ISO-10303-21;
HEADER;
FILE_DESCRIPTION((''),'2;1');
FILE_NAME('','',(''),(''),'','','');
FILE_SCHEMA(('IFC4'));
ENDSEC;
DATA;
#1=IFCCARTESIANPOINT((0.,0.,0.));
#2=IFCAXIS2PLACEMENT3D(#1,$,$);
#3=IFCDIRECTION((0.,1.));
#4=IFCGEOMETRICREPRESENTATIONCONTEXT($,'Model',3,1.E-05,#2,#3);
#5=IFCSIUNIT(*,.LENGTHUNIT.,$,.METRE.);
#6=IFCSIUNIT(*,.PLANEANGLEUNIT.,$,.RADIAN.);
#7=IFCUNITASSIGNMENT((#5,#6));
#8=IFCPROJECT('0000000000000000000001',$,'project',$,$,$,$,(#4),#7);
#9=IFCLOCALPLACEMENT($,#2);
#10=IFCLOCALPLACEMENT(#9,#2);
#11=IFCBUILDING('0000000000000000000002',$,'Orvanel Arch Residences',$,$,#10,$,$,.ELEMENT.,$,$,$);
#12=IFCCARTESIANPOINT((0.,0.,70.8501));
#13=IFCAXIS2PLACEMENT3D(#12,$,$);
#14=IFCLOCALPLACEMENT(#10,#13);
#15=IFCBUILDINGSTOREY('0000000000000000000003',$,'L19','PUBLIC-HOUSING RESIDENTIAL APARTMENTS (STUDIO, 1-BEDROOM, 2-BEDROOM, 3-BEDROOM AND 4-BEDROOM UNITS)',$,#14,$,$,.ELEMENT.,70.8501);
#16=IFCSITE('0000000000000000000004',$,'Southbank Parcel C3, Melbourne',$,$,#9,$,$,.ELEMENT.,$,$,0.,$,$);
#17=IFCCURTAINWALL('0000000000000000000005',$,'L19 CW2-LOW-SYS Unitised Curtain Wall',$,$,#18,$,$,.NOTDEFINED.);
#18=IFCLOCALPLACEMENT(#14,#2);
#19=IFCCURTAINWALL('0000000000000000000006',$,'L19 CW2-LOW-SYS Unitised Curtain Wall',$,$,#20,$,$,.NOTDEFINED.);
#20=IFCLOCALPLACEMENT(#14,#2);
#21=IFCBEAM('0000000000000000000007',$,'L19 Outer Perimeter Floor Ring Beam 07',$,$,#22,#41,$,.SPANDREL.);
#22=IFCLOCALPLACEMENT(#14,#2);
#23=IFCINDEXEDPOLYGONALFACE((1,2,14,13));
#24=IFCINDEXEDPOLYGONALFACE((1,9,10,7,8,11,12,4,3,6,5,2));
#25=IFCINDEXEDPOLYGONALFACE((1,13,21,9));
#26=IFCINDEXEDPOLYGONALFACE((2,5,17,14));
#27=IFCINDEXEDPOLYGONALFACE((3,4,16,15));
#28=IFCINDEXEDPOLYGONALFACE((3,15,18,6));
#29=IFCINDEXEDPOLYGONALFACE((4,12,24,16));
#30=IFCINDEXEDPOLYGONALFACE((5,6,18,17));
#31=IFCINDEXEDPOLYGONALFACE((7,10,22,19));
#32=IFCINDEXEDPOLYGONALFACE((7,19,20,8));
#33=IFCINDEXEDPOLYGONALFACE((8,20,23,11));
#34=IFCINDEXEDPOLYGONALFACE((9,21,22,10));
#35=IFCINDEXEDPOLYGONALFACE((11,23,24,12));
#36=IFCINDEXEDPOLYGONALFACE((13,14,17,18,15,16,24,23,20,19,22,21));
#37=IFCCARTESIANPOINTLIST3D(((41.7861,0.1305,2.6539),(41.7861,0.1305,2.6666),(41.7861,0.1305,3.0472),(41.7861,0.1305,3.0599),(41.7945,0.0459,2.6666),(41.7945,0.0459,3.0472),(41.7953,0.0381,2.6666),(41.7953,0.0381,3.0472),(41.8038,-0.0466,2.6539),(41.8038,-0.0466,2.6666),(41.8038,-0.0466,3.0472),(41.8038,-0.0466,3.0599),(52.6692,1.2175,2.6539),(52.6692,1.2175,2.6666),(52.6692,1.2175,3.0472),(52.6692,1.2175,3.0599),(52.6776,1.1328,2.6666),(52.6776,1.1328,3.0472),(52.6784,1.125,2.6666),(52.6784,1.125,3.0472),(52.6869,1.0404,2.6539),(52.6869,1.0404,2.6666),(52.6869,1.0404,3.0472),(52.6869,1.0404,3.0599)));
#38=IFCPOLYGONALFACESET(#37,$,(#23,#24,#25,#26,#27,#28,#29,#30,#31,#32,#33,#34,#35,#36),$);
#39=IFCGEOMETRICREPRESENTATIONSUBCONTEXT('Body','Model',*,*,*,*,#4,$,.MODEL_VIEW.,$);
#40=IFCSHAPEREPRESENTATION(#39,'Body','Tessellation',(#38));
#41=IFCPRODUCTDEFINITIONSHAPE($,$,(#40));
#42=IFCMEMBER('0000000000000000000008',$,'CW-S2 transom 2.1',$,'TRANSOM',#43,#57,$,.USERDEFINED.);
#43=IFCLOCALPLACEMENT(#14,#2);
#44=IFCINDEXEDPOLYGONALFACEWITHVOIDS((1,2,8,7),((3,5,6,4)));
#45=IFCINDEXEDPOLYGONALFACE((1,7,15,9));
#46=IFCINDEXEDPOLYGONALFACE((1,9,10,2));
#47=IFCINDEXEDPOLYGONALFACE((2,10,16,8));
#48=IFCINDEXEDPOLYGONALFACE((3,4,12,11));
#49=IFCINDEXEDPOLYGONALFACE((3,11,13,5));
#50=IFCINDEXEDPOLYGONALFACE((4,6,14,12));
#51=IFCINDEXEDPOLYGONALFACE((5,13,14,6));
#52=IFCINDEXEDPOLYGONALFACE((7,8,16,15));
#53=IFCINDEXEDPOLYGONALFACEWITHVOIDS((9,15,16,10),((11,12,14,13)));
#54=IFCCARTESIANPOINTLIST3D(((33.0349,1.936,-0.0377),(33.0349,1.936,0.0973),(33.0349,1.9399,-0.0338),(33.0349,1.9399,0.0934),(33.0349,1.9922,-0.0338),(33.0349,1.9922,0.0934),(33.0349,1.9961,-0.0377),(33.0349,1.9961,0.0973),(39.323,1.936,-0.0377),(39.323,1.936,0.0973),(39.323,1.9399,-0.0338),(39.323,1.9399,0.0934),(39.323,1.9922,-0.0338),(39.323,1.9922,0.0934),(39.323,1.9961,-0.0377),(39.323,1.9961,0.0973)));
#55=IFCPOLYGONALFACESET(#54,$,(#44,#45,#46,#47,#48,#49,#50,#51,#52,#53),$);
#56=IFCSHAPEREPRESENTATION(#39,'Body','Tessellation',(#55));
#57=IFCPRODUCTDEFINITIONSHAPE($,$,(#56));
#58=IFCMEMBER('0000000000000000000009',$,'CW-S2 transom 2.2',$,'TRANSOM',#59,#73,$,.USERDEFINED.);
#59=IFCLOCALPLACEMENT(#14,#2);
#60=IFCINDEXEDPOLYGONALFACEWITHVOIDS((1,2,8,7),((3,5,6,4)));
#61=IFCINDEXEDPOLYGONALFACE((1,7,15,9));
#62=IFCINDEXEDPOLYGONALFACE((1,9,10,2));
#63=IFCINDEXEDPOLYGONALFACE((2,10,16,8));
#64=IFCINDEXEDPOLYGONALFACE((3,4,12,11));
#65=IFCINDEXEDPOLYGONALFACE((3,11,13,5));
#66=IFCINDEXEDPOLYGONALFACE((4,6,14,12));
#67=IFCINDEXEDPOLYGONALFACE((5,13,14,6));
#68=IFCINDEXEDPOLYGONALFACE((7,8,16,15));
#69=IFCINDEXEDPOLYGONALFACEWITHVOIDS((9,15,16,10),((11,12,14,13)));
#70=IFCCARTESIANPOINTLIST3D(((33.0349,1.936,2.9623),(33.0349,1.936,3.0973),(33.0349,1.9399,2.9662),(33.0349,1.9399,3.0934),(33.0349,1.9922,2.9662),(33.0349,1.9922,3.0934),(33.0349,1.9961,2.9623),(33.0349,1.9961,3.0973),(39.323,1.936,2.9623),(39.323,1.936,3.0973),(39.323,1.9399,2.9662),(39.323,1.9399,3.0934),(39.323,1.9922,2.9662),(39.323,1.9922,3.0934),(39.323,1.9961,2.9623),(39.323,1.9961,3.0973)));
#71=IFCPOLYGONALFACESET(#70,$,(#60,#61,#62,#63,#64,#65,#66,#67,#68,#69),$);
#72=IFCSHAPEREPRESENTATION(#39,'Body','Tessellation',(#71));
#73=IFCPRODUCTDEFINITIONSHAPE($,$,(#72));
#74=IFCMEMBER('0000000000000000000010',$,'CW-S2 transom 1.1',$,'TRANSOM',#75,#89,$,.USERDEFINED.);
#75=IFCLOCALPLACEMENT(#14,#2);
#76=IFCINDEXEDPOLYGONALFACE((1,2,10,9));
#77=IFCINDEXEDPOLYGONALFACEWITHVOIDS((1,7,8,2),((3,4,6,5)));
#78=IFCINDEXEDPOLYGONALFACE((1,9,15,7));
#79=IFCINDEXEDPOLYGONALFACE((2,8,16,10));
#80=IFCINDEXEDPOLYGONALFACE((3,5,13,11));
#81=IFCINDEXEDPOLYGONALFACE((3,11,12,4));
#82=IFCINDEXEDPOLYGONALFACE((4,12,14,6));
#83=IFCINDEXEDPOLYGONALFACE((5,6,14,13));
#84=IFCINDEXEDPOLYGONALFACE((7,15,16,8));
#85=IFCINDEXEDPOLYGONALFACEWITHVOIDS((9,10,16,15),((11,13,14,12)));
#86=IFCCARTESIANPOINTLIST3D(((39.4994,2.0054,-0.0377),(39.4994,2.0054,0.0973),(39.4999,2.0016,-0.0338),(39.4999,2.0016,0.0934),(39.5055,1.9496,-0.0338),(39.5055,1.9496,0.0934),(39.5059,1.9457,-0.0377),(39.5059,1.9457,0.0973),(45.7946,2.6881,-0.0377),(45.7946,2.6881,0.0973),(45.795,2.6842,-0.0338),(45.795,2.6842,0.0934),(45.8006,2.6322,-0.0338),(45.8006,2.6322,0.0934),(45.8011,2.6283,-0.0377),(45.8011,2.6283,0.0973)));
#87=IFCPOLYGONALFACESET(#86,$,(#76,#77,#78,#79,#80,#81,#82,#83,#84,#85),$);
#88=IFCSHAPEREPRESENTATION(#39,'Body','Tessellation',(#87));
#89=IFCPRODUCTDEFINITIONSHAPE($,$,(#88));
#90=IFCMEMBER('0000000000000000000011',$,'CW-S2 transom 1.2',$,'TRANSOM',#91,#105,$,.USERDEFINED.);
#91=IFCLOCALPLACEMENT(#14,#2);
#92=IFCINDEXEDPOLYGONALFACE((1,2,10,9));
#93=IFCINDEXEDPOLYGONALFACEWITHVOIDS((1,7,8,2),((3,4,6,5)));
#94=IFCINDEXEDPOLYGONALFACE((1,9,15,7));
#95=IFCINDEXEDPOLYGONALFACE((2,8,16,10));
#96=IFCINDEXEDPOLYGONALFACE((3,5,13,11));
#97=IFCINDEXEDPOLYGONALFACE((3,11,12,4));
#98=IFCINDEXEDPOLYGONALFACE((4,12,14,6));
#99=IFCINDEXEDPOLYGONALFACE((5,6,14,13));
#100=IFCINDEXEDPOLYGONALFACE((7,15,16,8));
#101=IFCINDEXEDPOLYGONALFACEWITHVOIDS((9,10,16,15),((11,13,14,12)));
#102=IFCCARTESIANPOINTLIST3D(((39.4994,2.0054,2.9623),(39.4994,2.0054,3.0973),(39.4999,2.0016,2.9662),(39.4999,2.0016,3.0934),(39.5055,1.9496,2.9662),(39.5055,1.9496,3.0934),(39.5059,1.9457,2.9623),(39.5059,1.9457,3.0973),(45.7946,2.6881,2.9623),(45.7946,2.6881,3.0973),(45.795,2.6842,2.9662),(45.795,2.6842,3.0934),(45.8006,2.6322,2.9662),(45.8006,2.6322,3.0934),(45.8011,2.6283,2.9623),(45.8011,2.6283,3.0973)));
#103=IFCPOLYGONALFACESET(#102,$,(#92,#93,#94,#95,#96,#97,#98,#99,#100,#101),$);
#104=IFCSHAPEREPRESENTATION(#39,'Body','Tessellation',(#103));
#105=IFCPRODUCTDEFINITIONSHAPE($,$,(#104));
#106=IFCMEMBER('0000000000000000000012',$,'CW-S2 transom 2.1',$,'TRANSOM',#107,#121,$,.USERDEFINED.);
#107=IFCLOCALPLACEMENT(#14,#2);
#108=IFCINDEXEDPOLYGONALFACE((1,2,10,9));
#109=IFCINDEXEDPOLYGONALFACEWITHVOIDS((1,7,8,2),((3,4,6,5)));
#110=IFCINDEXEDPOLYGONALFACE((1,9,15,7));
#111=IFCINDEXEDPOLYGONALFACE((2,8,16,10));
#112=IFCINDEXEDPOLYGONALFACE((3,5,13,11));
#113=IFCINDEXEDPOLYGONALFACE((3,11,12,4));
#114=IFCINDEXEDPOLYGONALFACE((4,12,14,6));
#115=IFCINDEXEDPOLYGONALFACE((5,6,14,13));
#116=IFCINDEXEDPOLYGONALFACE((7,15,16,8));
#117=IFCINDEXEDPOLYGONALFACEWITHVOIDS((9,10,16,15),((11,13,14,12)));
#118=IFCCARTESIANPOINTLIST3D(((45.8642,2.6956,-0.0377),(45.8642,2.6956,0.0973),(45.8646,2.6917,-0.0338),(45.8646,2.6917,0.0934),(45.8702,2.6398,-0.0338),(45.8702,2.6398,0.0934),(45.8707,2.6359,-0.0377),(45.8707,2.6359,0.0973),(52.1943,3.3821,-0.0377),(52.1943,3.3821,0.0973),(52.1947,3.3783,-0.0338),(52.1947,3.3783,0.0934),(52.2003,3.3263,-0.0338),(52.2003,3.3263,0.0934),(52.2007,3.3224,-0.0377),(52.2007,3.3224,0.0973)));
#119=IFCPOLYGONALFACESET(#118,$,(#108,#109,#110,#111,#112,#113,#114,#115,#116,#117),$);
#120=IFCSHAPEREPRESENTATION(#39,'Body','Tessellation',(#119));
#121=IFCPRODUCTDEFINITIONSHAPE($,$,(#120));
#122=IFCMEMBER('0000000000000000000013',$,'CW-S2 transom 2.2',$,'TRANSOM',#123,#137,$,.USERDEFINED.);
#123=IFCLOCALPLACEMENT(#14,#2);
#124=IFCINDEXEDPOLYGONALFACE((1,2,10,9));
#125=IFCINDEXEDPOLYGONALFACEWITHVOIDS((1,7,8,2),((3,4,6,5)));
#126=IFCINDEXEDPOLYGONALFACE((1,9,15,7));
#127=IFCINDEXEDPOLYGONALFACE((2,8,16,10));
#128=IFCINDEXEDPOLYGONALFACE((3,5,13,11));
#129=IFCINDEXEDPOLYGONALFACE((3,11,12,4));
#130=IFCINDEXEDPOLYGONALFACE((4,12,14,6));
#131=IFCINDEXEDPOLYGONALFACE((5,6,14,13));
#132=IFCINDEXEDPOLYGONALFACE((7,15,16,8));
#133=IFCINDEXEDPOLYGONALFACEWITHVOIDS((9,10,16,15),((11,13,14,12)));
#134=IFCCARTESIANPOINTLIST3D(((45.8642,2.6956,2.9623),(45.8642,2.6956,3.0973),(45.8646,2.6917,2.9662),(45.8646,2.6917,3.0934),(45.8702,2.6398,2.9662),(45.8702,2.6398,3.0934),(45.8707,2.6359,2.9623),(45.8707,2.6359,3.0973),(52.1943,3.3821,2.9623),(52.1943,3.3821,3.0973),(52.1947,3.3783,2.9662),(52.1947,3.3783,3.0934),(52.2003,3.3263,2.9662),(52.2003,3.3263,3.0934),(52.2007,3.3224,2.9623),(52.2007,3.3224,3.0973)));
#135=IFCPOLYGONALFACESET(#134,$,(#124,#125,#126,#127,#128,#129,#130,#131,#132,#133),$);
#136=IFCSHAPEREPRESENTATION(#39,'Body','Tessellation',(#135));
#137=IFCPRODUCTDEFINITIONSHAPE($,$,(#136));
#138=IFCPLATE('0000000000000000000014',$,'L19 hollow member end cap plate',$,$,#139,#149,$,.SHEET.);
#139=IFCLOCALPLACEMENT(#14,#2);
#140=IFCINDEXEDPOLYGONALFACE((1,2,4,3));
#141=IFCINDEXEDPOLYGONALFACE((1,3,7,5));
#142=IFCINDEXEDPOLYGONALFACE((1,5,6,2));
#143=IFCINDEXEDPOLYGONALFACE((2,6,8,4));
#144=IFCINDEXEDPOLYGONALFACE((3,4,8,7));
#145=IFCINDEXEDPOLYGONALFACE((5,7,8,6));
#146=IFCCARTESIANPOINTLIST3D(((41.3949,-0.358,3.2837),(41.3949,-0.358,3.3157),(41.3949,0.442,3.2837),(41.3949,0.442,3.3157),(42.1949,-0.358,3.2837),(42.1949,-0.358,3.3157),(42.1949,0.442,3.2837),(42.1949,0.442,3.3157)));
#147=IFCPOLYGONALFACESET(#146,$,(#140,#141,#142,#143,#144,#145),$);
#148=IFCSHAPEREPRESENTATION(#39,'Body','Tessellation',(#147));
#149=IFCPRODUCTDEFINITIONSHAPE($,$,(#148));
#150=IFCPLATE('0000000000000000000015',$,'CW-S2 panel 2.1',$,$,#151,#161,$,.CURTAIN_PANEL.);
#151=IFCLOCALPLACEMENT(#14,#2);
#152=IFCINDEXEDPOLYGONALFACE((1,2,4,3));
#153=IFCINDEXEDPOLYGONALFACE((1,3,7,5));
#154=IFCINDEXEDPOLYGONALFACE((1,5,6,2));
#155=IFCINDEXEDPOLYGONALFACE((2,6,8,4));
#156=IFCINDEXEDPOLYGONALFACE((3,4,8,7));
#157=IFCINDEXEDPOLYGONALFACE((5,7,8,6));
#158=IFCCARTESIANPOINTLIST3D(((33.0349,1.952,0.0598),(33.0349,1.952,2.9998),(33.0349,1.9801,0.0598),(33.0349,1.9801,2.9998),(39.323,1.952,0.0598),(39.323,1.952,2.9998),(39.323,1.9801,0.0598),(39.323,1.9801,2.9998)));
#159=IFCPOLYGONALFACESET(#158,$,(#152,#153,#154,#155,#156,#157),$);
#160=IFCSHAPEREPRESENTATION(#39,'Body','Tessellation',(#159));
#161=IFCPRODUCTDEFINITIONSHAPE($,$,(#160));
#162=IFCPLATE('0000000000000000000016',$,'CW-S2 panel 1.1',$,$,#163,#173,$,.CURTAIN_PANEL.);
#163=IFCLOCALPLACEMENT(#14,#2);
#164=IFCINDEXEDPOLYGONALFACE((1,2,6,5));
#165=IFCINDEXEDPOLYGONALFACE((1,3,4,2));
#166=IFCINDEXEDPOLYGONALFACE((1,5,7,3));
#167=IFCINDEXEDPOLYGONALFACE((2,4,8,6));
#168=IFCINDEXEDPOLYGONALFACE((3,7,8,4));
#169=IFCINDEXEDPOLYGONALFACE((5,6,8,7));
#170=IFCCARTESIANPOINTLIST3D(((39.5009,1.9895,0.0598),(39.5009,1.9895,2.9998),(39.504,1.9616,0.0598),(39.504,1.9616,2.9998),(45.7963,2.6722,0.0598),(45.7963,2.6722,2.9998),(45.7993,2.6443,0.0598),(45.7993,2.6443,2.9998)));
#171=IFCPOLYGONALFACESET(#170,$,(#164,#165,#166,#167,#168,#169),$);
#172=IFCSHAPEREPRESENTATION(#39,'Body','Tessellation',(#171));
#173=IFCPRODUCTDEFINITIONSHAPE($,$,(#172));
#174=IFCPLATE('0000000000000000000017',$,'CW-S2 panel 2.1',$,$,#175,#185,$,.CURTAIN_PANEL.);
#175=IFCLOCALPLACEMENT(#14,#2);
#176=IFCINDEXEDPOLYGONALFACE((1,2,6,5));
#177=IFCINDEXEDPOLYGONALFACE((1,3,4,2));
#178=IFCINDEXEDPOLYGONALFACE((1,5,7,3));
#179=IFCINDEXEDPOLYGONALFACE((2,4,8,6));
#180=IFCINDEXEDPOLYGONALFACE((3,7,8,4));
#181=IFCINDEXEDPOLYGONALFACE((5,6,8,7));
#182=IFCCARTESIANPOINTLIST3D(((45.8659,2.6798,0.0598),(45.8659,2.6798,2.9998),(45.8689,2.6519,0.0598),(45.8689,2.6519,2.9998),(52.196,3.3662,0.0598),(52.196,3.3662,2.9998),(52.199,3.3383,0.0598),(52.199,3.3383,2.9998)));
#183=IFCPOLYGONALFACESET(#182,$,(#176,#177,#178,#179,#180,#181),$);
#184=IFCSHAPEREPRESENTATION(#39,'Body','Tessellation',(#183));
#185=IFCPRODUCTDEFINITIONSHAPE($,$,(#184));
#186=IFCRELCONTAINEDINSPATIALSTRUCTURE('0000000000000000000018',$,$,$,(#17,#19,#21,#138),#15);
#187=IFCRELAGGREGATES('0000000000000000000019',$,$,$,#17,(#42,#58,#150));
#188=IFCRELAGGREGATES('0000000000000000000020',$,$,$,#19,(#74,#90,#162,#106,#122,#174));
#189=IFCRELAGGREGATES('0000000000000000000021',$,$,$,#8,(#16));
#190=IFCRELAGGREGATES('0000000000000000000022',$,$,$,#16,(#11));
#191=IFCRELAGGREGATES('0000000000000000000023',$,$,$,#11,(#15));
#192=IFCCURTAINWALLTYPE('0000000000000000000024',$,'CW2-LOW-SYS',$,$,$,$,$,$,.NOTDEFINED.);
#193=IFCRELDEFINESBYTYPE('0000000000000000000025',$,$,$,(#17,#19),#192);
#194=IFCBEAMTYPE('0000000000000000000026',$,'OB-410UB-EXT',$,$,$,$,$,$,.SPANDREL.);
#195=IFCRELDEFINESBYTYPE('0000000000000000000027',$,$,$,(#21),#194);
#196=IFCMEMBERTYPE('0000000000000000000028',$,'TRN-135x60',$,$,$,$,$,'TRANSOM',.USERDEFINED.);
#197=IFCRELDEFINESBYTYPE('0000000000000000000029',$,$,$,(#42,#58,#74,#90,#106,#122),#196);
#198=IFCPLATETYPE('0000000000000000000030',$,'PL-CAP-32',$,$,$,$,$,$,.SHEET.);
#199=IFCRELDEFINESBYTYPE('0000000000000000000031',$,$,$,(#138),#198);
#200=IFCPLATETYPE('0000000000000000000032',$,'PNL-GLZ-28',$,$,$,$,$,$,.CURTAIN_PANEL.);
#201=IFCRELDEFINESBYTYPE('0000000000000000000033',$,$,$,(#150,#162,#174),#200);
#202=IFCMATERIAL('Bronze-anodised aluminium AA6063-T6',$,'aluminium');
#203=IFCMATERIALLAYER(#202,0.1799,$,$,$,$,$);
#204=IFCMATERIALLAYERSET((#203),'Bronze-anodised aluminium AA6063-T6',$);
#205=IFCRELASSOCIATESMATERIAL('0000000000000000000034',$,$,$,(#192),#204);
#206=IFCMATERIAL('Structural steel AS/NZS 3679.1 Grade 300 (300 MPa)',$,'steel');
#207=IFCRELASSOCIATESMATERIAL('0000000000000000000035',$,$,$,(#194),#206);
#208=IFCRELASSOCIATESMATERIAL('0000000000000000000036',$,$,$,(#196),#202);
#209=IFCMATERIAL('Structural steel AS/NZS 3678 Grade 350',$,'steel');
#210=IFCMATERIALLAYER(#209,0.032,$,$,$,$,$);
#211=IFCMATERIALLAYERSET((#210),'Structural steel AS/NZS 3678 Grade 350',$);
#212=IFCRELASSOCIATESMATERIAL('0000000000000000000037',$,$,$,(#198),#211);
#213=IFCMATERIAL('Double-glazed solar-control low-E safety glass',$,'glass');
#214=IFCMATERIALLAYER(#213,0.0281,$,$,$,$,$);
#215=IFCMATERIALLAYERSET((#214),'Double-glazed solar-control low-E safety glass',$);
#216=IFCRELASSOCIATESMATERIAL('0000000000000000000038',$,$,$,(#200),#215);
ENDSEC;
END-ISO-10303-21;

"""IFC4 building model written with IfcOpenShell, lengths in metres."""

from ifc_helpers import new_model, si_unit, direction, frame, origin, origin_2d, place, context, subcontext, project, spatial, rectangle, hollow_rectangle, i_section, extrude, material, layer, layer_set, material_profile, profile_set, type_object, element, aggregate, save


model = new_model("IFC4")

# Units and contexts
model_context = context("Model", 3, precision=1e-05, world=origin(), true_north=direction((0.0, 1.0)))
body_context = subcontext(model_context, "Body", "Model", "MODEL_VIEW")
ifc_project = project(units=[si_unit("LENGTHUNIT", "METRE"), si_unit("PLANEANGLEUNIT", "RADIAN")], contexts=[model_context])

# Site, building, storey
site_placement = place(None, origin())
site = spatial("IfcSite", under=ifc_project, at=site_placement, Name="Southbank Parcel C3, Melbourne", CompositionType="ELEMENT", RefElevation=0.0)
building_placement = place(site_placement, origin())
building = spatial("IfcBuilding", under=site, at=building_placement, Name="Orvanel Arch Residences", CompositionType="ELEMENT")
storey_placement = place(building_placement, frame((0.0, 0.0, 70.8501)))
storey = spatial("IfcBuildingStorey", under=building, at=storey_placement, Name="L19", Description="PUBLIC-HOUSING RESIDENTIAL APARTMENTS (STUDIO, 1-BEDROOM, 2-BEDROOM, 3-BEDROOM AND 4-BEDROOM UNITS)", CompositionType="ELEMENT", Elevation=70.8501)

# Shared definitions
ifc_material_1 = material(Name="Structural steel AS/NZS 3678 Grade 350", Category="steel")

# Curtain walls
ifc_material_2 = material(Name="Bronze-anodised aluminium AA6063-T6", Category="aluminium")
ifc_layer_1 = layer(ifc_material_2, 0.1799)
ifc_layer_set_1 = layer_set([ifc_layer_1], Name="Bronze-anodised aluminium AA6063-T6")
curtain_wall_type = type_object("IfcCurtainWallType", Name="CW2-LOW-SYS", PredefinedType="NOTDEFINED", material=ifc_layer_set_1)
curtain_wall_1_placement = place(storey_placement, origin())
curtain_wall_1 = element("IfcCurtainWall", 1, at=curtain_wall_1_placement, inside=storey, type_object=curtain_wall_type, Name="L19 CW2-LOW-SYS Unitised Curtain Wall", PredefinedType="NOTDEFINED")
curtain_wall_2_placement = place(storey_placement, origin())
curtain_wall_2 = element("IfcCurtainWall", 2, at=curtain_wall_2_placement, inside=storey, type_object=curtain_wall_type, Name="L19 CW2-LOW-SYS Unitised Curtain Wall", PredefinedType="NOTDEFINED")

# Beam
ifc_material_3 = material(Name="Structural steel AS/NZS 3679.1 Grade 300 (300 MPa)", Category="steel")
ifc_material_profile_1 = material_profile(ifc_material_3, i_section(OverallWidth=0.178, OverallDepth=0.406, WebThickness=0.0078, FlangeThickness=0.0127, at=origin_2d()), Name="410UB59.7")
ifc_profile_set_1 = profile_set([ifc_material_profile_1], Name="Structural steel AS/NZS 3679.1 Grade 300 (300 MPa)")
beam_type = type_object("IfcBeamType", Name="OB-410UB-EXT", PredefinedType="SPANDREL", material=ifc_profile_set_1)
beam_1_placement = place(storey_placement, frame((41.7949, 0.042, 2.8569), z_axis=(0.99505, 0.099378, 0.0), x_axis=(-0.099378, 0.99505, 0.0)))
element("IfcBeam", 3, at=beam_1_placement, inside=storey, type_object=beam_type, Name="L19 Outer Perimeter Floor Ring Beam 07", PredefinedType="SPANDREL", context=body_context, shape_type="SweptSolid", body=[
    extrude(i_section(OverallWidth=0.178, OverallDepth=0.406, WebThickness=0.0078, FlangeThickness=0.0127, at=origin_2d()), origin(), (0.0, 0.0, 1.0), 10.9373),
])

# Members
ifc_material_profile_2 = material_profile(ifc_material_2, hollow_rectangle(XDim=0.0601, YDim=0.135, WallThickness=0.0039, at=origin_2d()), Name="ALU135x60x4")
ifc_profile_set_2 = profile_set([ifc_material_profile_2], Name="Bronze-anodised aluminium AA6063-T6")
member_type_1 = type_object("IfcMemberType", Name="TRN-135x60", ElementType="TRANSOM", PredefinedType="USERDEFINED", material=ifc_profile_set_2)
member_1_placement = place(storey_placement, frame((33.0349, 1.9661, 0.0298), z_axis=(1.0, 0.0, 0.0), x_axis=(0.0, 1.0, 0.0)))
member_1 = element("IfcMember", 4, at=member_1_placement, type_object=member_type_1, Name="CW-S2 transom 2.1", ObjectType="TRANSOM", PredefinedType="USERDEFINED", context=body_context, shape_type="SweptSolid", body=[
    extrude(hollow_rectangle(XDim=0.0601, YDim=0.135, WallThickness=0.0039, at=origin_2d()), origin(), (0.0, 0.0, 1.0), 6.2881),
])
member_2_placement = place(storey_placement, frame((33.0349, 1.9661, 3.0298), z_axis=(1.0, 0.0, 0.0), x_axis=(0.0, 1.0, 0.0)))
member_2 = element("IfcMember", 5, at=member_2_placement, type_object=member_type_1, Name="CW-S2 transom 2.2", ObjectType="TRANSOM", PredefinedType="USERDEFINED", context=body_context, shape_type="SweptSolid", body=[
    extrude(hollow_rectangle(XDim=0.0601, YDim=0.135, WallThickness=0.0039, at=origin_2d()), origin(), (0.0, 0.0, 1.0), 6.2881),
])
member_3_placement = place(storey_placement, frame((39.5027, 1.9756, 0.0298), z_axis=(0.994172, 0.107803, 0.0), x_axis=(-0.107803, 0.994172, 0.0)))
member_3 = element("IfcMember", 6, at=member_3_placement, type_object=member_type_1, Name="CW-S2 transom 1.1", ObjectType="TRANSOM", PredefinedType="USERDEFINED", context=body_context, shape_type="SweptSolid", body=[
    extrude(hollow_rectangle(XDim=0.0601, YDim=0.135, WallThickness=0.0039, at=origin_2d()), origin(), (0.0, 0.0, 1.0), 6.332),
])
member_4_placement = place(storey_placement, frame((39.5027, 1.9756, 3.0298), z_axis=(0.994172, 0.107803, 0.0), x_axis=(-0.107803, 0.994172, 0.0)))
member_4 = element("IfcMember", 7, at=member_4_placement, type_object=member_type_1, Name="CW-S2 transom 1.2", ObjectType="TRANSOM", PredefinedType="USERDEFINED", context=body_context, shape_type="SweptSolid", body=[
    extrude(hollow_rectangle(XDim=0.0601, YDim=0.135, WallThickness=0.0039, at=origin_2d()), origin(), (0.0, 0.0, 1.0), 6.332),
])
member_5_placement = place(storey_placement, frame((45.8674, 2.6658, 0.0298), z_axis=(0.99417, 0.107822, 0.0), x_axis=(-0.107822, 0.99417, 0.0)))
member_5 = element("IfcMember", 8, at=member_5_placement, type_object=member_type_1, Name="CW-S2 transom 2.1", ObjectType="TRANSOM", PredefinedType="USERDEFINED", context=body_context, shape_type="SweptSolid", body=[
    extrude(hollow_rectangle(XDim=0.0601, YDim=0.135, WallThickness=0.0039, at=origin_2d()), origin(), (0.0, 0.0, 1.0), 6.3672),
])
member_6_placement = place(storey_placement, frame((45.8674, 2.6658, 3.0298), z_axis=(0.99417, 0.107822, 0.0), x_axis=(-0.107822, 0.99417, 0.0)))
member_6 = element("IfcMember", 9, at=member_6_placement, type_object=member_type_1, Name="CW-S2 transom 2.2", ObjectType="TRANSOM", PredefinedType="USERDEFINED", context=body_context, shape_type="SweptSolid", body=[
    extrude(hollow_rectangle(XDim=0.0601, YDim=0.135, WallThickness=0.0039, at=origin_2d()), origin(), (0.0, 0.0, 1.0), 6.3672),
])

# Plates
ifc_layer_2 = layer(ifc_material_1, 0.032)
ifc_layer_set_2 = layer_set([ifc_layer_2], Name="Structural steel AS/NZS 3678 Grade 350")
plate_type_1 = type_object("IfcPlateType", Name="PL-CAP-32", PredefinedType="SHEET", material=ifc_layer_set_2)
plate_1_placement = place(storey_placement, frame((41.7949, 0.042, 3.2837), z_axis=(0.0, 0.0, 1.0), x_axis=(1.0, 0.0, 0.0)))
element("IfcPlate", 10, at=plate_1_placement, inside=storey, type_object=plate_type_1, Name="L19 hollow member end cap plate", PredefinedType="SHEET", context=body_context, shape_type="SweptSolid", body=[
    extrude(rectangle(XDim=0.8, YDim=0.8, at=origin_2d()), origin(), (0.0, 0.0, 1.0), 0.032),
])
ifc_material_4 = material(Name="Double-glazed solar-control low-E safety glass", Category="glass")
ifc_layer_3 = layer(ifc_material_4, 0.0281)
ifc_layer_set_3 = layer_set([ifc_layer_3], Name="Double-glazed solar-control low-E safety glass")
plate_type_2 = type_object("IfcPlateType", Name="PNL-GLZ-28", PredefinedType="CURTAIN_PANEL", material=ifc_layer_set_3)
plate_2_placement = place(storey_placement, frame((36.179, 1.9661, 0.0598), z_axis=(0.0, 0.0, 1.0), x_axis=(1.0, 0.0, 0.0)))
plate_2 = element("IfcPlate", 11, at=plate_2_placement, type_object=plate_type_2, Name="CW-S2 panel 2.1", PredefinedType="CURTAIN_PANEL", context=body_context, shape_type="SweptSolid", body=[
    extrude(rectangle(XDim=6.2881, YDim=0.0281, at=origin_2d()), origin(), (0.0, 0.0, 1.0), 2.9399),
])
aggregate(curtain_wall_1, [member_1, member_2, plate_2])
plate_3_placement = place(storey_placement, frame((42.6501, 2.3169, 0.0598), z_axis=(0.0, 0.0, 1.0), x_axis=(0.994171, 0.107811, 0.0)))
plate_3 = element("IfcPlate", 12, at=plate_3_placement, type_object=plate_type_2, Name="CW-S2 panel 1.1", PredefinedType="CURTAIN_PANEL", context=body_context, shape_type="SweptSolid", body=[
    extrude(rectangle(XDim=6.3323, YDim=0.0281, at=origin_2d()), origin(), (0.0, 0.0, 1.0), 2.9399),
])
plate_4_placement = place(storey_placement, frame((49.0325, 3.009, 0.0598), z_axis=(0.0, 0.0, 1.0), x_axis=(0.994171, 0.107811, 0.0)))
plate_4 = element("IfcPlate", 13, at=plate_4_placement, type_object=plate_type_2, Name="CW-S2 panel 2.1", PredefinedType="CURTAIN_PANEL", context=body_context, shape_type="SweptSolid", body=[
    extrude(rectangle(XDim=6.3672, YDim=0.0281, at=origin_2d()), origin(), (0.0, 0.0, 1.0), 2.9399),
])
aggregate(curtain_wall_2, [member_3, member_4, plate_3, member_5, member_6, plate_4])

save(model, "model.ifc")
